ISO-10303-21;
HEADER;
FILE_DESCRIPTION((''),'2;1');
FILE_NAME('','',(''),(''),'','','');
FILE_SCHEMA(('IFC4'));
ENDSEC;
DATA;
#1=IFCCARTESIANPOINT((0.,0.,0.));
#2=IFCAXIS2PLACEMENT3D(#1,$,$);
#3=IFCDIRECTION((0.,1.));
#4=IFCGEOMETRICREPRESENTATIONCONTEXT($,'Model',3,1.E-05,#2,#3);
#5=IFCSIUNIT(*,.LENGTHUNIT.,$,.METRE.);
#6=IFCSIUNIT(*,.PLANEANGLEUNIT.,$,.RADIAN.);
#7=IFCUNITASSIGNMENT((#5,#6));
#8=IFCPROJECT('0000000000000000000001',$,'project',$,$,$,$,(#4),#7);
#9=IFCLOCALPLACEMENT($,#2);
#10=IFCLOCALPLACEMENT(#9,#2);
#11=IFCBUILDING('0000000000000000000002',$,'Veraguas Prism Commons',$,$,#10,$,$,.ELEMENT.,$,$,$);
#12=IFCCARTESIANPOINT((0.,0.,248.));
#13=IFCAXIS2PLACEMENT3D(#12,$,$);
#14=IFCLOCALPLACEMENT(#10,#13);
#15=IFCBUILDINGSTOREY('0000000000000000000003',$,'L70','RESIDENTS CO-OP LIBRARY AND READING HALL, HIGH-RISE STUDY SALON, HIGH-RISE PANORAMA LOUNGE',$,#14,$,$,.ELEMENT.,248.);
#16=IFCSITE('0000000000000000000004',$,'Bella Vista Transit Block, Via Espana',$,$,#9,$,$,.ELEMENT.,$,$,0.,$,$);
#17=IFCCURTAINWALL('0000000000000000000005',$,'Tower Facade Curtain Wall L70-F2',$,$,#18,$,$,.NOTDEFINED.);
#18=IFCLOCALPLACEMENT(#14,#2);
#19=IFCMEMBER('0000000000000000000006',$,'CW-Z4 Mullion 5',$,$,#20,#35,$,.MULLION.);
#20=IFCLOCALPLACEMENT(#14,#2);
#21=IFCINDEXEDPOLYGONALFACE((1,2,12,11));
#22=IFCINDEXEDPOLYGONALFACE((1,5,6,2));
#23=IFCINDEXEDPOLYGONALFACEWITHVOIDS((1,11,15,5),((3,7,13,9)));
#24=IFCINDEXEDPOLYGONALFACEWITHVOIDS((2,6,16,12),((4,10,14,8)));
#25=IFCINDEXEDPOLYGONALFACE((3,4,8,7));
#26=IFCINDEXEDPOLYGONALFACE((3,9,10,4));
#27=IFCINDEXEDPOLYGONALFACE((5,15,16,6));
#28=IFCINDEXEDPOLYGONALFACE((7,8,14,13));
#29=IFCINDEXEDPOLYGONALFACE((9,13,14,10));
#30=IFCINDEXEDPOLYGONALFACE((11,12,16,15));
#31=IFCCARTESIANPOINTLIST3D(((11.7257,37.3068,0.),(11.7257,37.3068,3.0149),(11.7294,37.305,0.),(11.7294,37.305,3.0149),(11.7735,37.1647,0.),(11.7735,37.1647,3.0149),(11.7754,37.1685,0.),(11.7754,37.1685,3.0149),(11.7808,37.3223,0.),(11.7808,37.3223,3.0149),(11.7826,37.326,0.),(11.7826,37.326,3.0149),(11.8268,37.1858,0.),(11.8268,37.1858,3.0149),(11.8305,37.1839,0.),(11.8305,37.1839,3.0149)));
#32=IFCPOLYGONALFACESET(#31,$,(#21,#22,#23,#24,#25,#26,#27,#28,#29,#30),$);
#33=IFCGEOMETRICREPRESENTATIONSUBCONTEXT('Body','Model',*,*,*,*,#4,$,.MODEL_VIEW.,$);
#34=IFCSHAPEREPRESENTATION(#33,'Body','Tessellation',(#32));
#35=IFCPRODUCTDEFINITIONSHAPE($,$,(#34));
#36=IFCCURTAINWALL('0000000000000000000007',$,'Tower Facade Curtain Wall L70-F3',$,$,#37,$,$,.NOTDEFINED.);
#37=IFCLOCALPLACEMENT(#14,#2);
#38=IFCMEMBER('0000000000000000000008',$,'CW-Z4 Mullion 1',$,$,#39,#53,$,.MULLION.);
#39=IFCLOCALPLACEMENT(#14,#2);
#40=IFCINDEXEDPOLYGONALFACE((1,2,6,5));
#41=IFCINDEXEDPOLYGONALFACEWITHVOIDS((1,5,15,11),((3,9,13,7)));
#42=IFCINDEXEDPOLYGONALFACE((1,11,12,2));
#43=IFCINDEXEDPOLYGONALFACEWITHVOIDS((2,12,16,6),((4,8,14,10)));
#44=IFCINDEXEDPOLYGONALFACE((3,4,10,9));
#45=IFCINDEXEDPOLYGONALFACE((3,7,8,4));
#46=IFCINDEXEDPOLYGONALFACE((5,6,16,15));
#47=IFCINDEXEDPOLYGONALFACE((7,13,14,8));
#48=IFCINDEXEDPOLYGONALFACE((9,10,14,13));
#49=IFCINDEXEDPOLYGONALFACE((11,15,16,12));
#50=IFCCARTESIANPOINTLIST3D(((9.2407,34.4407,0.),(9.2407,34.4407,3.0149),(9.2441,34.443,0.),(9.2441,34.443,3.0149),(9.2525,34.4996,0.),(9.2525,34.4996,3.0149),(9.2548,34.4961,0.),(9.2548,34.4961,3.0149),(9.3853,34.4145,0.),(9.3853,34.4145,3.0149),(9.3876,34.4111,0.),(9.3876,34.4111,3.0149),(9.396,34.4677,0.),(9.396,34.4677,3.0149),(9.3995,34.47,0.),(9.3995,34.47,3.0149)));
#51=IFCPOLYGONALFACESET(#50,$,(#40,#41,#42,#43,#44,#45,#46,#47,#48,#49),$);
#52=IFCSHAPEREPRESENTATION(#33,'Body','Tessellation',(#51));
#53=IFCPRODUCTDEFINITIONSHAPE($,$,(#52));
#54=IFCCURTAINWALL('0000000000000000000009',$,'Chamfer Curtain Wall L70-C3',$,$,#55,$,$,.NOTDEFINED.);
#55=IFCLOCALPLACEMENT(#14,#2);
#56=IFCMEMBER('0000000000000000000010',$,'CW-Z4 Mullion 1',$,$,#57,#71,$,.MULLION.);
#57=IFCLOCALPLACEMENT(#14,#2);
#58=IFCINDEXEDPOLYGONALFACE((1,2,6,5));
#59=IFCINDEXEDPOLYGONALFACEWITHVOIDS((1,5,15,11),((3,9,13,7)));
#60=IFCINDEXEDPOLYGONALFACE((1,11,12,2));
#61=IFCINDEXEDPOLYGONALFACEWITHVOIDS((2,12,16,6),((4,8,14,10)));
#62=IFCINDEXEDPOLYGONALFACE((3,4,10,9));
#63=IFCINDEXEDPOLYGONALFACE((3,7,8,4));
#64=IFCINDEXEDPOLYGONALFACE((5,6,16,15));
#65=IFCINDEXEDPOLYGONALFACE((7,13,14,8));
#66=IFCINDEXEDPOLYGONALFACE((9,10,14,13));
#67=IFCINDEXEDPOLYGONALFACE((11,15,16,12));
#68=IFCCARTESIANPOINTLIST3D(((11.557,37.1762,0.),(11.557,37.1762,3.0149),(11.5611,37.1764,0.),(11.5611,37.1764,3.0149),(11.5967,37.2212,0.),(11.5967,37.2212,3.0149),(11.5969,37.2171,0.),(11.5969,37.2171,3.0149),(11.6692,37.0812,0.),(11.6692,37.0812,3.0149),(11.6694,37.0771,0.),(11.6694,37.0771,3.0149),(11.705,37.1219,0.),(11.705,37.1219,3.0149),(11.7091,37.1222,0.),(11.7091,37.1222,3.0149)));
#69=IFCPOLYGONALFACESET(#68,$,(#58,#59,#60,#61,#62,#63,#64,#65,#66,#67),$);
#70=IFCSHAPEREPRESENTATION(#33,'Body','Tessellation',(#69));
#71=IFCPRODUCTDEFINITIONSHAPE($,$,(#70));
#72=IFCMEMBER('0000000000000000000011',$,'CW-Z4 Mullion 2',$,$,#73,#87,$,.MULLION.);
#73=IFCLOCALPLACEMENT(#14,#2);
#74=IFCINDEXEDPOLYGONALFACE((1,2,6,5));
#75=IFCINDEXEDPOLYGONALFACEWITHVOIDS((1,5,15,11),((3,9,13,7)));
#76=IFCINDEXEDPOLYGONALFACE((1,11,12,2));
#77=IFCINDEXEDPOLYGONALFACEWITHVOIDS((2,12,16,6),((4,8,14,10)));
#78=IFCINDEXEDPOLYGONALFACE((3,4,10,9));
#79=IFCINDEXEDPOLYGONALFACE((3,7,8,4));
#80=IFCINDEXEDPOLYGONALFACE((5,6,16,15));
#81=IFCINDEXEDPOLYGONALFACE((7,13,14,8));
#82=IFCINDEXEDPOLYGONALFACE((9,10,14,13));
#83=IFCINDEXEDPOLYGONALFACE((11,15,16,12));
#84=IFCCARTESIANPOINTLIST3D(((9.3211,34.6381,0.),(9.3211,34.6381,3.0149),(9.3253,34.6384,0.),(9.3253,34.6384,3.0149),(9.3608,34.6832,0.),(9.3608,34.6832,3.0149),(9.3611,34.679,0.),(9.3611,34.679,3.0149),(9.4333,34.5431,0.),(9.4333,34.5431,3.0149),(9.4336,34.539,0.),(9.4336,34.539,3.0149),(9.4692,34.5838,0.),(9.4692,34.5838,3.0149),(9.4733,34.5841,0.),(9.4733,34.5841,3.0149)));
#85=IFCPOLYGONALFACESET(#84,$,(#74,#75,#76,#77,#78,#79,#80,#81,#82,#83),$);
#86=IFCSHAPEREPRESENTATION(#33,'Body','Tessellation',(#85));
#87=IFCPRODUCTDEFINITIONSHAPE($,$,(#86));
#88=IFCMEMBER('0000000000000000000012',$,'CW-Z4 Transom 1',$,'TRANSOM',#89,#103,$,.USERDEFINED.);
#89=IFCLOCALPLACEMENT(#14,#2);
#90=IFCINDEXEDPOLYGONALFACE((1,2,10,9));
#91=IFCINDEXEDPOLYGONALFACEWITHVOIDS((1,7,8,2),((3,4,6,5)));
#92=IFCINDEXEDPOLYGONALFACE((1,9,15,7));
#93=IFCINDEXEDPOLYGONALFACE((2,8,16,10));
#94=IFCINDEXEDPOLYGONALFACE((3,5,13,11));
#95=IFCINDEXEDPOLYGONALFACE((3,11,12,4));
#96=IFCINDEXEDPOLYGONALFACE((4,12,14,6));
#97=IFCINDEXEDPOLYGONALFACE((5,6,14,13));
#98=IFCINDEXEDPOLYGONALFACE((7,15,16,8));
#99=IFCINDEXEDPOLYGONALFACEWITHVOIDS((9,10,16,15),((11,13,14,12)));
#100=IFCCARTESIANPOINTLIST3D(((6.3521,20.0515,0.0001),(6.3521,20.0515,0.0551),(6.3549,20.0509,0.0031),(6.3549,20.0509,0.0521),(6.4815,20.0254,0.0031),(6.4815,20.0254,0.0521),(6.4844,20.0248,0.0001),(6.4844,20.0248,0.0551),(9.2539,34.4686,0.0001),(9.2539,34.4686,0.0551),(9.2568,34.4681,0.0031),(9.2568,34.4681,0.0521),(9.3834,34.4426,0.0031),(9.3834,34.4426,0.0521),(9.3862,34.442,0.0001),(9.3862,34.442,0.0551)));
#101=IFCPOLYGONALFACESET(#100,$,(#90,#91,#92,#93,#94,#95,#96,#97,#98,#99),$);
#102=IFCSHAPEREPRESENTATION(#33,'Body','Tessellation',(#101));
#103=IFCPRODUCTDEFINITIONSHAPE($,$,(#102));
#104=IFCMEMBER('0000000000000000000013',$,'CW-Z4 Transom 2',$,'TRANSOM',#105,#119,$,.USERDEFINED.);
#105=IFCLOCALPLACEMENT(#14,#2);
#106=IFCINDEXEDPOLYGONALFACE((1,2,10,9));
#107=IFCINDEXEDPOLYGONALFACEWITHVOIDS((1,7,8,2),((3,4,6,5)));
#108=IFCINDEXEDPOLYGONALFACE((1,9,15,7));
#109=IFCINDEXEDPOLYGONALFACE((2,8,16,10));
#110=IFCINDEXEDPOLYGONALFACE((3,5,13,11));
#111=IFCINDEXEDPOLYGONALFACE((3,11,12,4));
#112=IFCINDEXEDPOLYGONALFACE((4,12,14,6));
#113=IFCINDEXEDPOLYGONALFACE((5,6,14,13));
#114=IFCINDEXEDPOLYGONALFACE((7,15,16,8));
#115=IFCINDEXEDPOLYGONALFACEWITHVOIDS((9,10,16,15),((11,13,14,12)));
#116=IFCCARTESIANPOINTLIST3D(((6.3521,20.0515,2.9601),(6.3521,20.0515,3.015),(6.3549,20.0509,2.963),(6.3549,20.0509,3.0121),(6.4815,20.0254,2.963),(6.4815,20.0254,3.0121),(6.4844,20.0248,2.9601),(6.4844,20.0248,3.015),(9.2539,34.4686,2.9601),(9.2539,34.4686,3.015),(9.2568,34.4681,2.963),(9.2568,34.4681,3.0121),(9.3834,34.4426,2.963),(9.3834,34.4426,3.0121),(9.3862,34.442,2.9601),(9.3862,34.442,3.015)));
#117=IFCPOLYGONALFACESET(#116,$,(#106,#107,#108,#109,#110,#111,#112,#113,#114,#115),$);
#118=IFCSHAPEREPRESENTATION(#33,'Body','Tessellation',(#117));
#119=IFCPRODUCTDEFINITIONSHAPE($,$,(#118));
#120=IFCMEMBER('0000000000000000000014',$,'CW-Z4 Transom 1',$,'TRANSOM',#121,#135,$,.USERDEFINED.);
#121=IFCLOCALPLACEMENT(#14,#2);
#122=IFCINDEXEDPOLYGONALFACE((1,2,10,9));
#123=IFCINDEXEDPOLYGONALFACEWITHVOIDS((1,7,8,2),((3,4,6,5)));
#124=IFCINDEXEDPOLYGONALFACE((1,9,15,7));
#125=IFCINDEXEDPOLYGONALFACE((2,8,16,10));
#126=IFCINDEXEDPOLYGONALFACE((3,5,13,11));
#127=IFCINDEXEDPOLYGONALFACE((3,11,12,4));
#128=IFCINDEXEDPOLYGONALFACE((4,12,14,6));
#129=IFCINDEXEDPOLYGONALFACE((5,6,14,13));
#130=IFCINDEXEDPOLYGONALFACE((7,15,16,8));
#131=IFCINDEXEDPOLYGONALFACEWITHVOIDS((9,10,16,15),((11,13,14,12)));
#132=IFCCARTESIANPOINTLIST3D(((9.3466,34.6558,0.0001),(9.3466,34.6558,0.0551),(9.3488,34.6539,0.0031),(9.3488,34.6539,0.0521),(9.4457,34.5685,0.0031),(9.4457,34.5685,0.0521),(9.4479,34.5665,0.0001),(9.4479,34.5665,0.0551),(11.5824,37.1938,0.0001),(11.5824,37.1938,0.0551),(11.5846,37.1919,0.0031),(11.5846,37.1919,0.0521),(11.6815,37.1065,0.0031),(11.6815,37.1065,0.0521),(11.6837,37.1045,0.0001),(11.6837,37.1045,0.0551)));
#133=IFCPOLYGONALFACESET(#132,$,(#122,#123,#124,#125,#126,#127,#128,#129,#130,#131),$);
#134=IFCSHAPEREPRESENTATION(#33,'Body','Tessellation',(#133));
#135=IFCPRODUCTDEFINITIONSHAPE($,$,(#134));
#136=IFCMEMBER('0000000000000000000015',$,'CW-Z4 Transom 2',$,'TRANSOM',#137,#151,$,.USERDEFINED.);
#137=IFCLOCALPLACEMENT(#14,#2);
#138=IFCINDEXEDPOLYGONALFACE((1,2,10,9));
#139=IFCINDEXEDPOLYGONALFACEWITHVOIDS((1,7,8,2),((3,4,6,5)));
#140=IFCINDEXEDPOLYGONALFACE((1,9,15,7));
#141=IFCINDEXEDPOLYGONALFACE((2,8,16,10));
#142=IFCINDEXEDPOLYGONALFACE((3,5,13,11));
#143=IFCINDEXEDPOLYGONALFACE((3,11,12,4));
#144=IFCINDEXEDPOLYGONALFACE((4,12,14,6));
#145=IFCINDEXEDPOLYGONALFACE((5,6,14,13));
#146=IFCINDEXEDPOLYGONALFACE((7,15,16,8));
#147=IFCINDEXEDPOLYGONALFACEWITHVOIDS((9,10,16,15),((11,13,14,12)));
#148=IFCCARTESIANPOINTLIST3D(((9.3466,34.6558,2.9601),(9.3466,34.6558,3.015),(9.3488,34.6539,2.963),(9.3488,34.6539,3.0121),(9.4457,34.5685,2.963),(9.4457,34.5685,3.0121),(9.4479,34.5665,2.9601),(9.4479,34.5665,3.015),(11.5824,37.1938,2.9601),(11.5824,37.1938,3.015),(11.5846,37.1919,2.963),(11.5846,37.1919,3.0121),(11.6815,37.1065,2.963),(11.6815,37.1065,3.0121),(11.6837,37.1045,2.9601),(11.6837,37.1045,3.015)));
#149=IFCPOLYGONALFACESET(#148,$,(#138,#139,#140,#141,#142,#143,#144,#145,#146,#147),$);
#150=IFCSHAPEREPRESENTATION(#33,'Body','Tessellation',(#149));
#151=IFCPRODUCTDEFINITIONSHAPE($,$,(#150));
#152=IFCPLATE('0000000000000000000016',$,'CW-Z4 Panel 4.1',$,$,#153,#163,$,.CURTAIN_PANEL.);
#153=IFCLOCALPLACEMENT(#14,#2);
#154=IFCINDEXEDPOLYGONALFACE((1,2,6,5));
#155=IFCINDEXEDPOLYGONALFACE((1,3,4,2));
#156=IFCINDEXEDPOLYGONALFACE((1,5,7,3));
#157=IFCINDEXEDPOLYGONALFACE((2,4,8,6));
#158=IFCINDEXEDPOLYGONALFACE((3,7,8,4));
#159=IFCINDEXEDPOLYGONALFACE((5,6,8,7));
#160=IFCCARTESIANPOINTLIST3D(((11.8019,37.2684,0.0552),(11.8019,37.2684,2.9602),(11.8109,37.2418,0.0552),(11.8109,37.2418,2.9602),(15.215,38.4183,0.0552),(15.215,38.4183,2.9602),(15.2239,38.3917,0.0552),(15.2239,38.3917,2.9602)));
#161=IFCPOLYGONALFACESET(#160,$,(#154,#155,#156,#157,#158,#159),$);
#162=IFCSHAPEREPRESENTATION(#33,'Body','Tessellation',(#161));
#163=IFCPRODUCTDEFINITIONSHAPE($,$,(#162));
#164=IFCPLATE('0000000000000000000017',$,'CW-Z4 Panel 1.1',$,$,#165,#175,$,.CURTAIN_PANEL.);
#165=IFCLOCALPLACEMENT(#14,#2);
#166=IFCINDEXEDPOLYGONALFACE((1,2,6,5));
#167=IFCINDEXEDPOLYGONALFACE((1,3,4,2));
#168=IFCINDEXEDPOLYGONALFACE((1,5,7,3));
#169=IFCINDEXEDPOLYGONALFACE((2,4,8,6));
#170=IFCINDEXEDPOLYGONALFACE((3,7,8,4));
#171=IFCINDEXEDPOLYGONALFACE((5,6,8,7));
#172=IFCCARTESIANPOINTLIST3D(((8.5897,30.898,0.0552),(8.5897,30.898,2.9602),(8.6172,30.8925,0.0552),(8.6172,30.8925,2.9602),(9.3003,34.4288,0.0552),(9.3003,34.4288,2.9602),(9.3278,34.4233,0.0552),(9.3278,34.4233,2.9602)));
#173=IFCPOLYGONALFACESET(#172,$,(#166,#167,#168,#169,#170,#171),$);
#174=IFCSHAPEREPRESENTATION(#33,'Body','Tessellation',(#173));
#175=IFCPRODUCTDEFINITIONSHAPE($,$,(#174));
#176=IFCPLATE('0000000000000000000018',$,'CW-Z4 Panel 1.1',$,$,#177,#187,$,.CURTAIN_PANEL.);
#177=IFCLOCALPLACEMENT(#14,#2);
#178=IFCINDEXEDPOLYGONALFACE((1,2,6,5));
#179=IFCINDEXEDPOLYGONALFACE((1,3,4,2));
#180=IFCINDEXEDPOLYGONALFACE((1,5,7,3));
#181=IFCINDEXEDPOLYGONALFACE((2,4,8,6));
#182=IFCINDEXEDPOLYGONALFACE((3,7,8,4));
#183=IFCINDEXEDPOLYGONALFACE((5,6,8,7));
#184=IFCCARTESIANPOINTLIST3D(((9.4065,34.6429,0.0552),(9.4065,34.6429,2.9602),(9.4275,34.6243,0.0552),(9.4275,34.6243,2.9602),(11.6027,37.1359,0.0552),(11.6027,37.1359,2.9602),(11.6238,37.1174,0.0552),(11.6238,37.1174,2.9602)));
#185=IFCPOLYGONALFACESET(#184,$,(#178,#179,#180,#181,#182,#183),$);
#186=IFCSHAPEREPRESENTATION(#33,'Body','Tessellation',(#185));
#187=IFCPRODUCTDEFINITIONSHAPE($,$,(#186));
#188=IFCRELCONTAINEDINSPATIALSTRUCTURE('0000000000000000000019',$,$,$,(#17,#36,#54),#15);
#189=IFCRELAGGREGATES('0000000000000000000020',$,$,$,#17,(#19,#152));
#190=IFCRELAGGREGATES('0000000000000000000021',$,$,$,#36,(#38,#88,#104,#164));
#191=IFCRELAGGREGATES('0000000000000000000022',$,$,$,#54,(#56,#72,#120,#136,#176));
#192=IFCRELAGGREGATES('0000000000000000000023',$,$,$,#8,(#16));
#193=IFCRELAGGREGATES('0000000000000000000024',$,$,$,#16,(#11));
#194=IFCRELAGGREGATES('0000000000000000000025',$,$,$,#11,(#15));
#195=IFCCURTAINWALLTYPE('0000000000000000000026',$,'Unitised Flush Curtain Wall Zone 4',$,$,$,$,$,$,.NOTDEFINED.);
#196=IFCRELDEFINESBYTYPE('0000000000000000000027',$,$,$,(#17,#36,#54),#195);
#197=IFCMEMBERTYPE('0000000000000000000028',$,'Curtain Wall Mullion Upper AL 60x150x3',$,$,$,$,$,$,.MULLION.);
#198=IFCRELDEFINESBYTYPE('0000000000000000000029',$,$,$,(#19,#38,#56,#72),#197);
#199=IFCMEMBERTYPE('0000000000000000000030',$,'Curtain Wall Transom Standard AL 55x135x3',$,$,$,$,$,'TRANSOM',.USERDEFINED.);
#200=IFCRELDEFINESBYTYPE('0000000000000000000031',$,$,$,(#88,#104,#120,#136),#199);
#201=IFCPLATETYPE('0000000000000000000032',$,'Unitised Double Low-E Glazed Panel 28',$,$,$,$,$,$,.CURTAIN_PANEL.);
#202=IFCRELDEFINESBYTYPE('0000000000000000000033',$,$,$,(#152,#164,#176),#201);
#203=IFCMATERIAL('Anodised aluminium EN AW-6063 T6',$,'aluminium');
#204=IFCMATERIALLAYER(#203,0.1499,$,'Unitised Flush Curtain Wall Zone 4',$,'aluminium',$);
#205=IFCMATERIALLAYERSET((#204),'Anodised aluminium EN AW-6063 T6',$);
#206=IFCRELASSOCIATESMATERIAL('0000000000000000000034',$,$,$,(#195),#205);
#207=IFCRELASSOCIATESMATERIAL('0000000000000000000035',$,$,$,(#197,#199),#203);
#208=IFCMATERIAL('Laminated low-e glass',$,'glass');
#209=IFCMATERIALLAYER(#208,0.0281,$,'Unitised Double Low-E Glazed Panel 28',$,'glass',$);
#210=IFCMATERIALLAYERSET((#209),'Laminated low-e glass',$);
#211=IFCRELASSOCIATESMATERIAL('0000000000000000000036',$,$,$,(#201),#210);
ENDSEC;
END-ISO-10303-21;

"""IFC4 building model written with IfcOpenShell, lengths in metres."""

from ifc_helpers import new_model, si_unit, direction, frame, origin, origin_2d, place, context, subcontext, project, spatial, rectangle, hollow_rectangle, extrude, source, transform, mapped, material, layer, layer_set, material_profile, profile_set, type_object, element, aggregate, save


model = new_model("IFC4")

# Units and contexts
model_context = context("Model", 3, precision=1e-05, world=origin(), true_north=direction((0.0, 1.0)))
body_context = subcontext(model_context, "Body", "Model", "MODEL_VIEW")
ifc_project = project(units=[si_unit("LENGTHUNIT", "METRE"), si_unit("PLANEANGLEUNIT", "RADIAN")], contexts=[model_context])

# Site, building, storey
site_placement = place(None, origin())
site = spatial("IfcSite", under=ifc_project, at=site_placement, Name="Bella Vista Transit Block, Via Espana", CompositionType="ELEMENT", RefElevation=0.0)
building_placement = place(site_placement, origin())
building = spatial("IfcBuilding", under=site, at=building_placement, Name="Veraguas Prism Commons", CompositionType="ELEMENT")
storey_placement = place(building_placement, frame((0.0, 0.0, 248.0)))
storey = spatial("IfcBuildingStorey", under=building, at=storey_placement, Name="L70", Description="RESIDENTS CO-OP LIBRARY AND READING HALL, HIGH-RISE STUDY SALON, HIGH-RISE PANORAMA LOUNGE", CompositionType="ELEMENT", Elevation=248.0)

# Curtain walls, members
ifc_material_1 = material(Name="Anodised aluminium EN AW-6063 T6", Category="aluminium")
ifc_layer_1 = layer(ifc_material_1, 0.1499, Name="Unitised Flush Curtain Wall Zone 4", Category="aluminium")
ifc_layer_set_1 = layer_set([ifc_layer_1], Name="Anodised aluminium EN AW-6063 T6")
curtain_wall_type = type_object("IfcCurtainWallType", Name="Unitised Flush Curtain Wall Zone 4", PredefinedType="NOTDEFINED", material=ifc_layer_set_1)
curtain_wall_1_placement = place(storey_placement, origin())
curtain_wall_1 = element("IfcCurtainWall", 1, at=curtain_wall_1_placement, inside=storey, type_object=curtain_wall_type, Name="Tower Facade Curtain Wall L70-F2", PredefinedType="NOTDEFINED")
ifc_material_profile_1 = material_profile(ifc_material_1, hollow_rectangle(XDim=0.0601, YDim=0.1499, WallThickness=0.0029, at=origin_2d()), Name="AL60X150X3")
ifc_profile_set_1 = profile_set([ifc_material_profile_1], Name="Anodised aluminium EN AW-6063 T6")
member_type_1 = type_object("IfcMemberType", Name="Curtain Wall Mullion Upper AL 60x150x3", PredefinedType="MULLION", material=ifc_profile_set_1)
shared_shape_1 = source(origin(), body_context, "Body", "SweptSolid", [
    extrude(hollow_rectangle(XDim=0.0601, YDim=0.1499, WallThickness=0.0029, at=origin_2d()), origin(), (0.0, 0.0, 1.0), 3.0149),
])
member_1_placement = place(storey_placement, frame((11.7781, 37.2454, 0.0), z_axis=(0.0, 0.0, 1.0), x_axis=(-0.947659, -0.319284, 0.0)))
member_1 = element("IfcMember", 2, at=member_1_placement, type_object=member_type_1, Name="CW-Z4 Mullion 5", PredefinedType="MULLION", context=body_context, shape_type="MappedRepresentation", body=[
    mapped(shared_shape_1, transform((0.0, 0.0, 0.0), scale=1.0)),
])
curtain_wall_2_placement = place(storey_placement, origin())
curtain_wall_2 = element("IfcCurtainWall", 3, at=curtain_wall_2_placement, inside=storey, type_object=curtain_wall_type, Name="Tower Facade Curtain Wall L70-F3", PredefinedType="NOTDEFINED")
member_2_placement = place(storey_placement, frame((9.3201, 34.4553, 0.0), z_axis=(0.0, 0.0, 1.0), x_axis=(-0.197319, -0.980339, 0.0)))
member_2 = element("IfcMember", 4, at=member_2_placement, type_object=member_type_1, Name="CW-Z4 Mullion 1", PredefinedType="MULLION", context=body_context, shape_type="MappedRepresentation", body=[
    mapped(shared_shape_1, transform((0.0, 0.0, 0.0), scale=1.0)),
])

# Curtain wall, members
curtain_wall_3_placement = place(storey_placement, origin())
curtain_wall_3 = element("IfcCurtainWall", 5, at=curtain_wall_3_placement, inside=storey, type_object=curtain_wall_type, Name="Chamfer Curtain Wall L70-C3", PredefinedType="NOTDEFINED")
member_3_placement = place(storey_placement, frame((11.6331, 37.1492, 0.0), z_axis=(0.0, 0.0, 1.0), x_axis=(-0.661033, -0.750357, 0.0)))
member_3 = element("IfcMember", 6, at=member_3_placement, type_object=member_type_1, Name="CW-Z4 Mullion 1", PredefinedType="MULLION", context=body_context, shape_type="MappedRepresentation", body=[
    mapped(shared_shape_1, transform((0.0, 0.0, 0.0), scale=1.0)),
])
member_4_placement = place(storey_placement, frame((9.3972, 34.6111, 0.0), z_axis=(0.0, 0.0, 1.0), x_axis=(-0.661033, -0.750357, 0.0)))
member_4 = element("IfcMember", 7, at=member_4_placement, type_object=member_type_1, Name="CW-Z4 Mullion 2", PredefinedType="MULLION", context=body_context, shape_type="MappedRepresentation", body=[
    mapped(shared_shape_1, transform((0.0, 0.0, 0.0), scale=1.0)),
])

# Members
ifc_material_profile_2 = material_profile(ifc_material_1, hollow_rectangle(XDim=0.0549, YDim=0.135, WallThickness=0.0029, at=origin_2d()), Name="AL55X135X3")
ifc_profile_set_2 = profile_set([ifc_material_profile_2], Name="Anodised aluminium EN AW-6063 T6")
member_type_2 = type_object("IfcMemberType", Name="Curtain Wall Transom Standard AL 55x135x3", ElementType="TRANSOM", PredefinedType="USERDEFINED", material=ifc_profile_set_2)
shared_shape_2 = source(origin(), body_context, "Body", "SweptSolid", [
    extrude(hollow_rectangle(XDim=0.0549, YDim=0.135, WallThickness=0.0029, at=origin_2d()), origin(), (0.0, 0.0, 1.0), 14.7063),
])
member_5_placement = place(storey_placement, frame((9.3201, 34.4553, 0.0276), z_axis=(-0.19732, -0.980339, 0.0), x_axis=(0.0, 0.0, 1.0)))
member_5 = element("IfcMember", 8, at=member_5_placement, type_object=member_type_2, Name="CW-Z4 Transom 1", ObjectType="TRANSOM", PredefinedType="USERDEFINED", context=body_context, shape_type="MappedRepresentation", body=[
    mapped(shared_shape_2, transform((0.0, 0.0, 0.0), scale=1.0)),
])
member_6_placement = place(storey_placement, frame((9.3201, 34.4553, 2.9875), z_axis=(-0.19732, -0.980339, 0.0), x_axis=(0.0, 0.0, 1.0)))
member_6 = element("IfcMember", 9, at=member_6_placement, type_object=member_type_2, Name="CW-Z4 Transom 2", ObjectType="TRANSOM", PredefinedType="USERDEFINED", context=body_context, shape_type="MappedRepresentation", body=[
    mapped(shared_shape_2, transform((0.0, 0.0, 0.0), scale=1.0)),
])
shared_shape_3 = source(origin(), body_context, "Body", "SweptSolid", [
    extrude(hollow_rectangle(XDim=0.0549, YDim=0.135, WallThickness=0.0029, at=origin_2d()), origin(), (0.0, 0.0, 1.0), 3.3823),
])
member_7_placement = place(storey_placement, frame((11.6331, 37.1492, 0.0276), z_axis=(-0.661015, -0.750373, 0.0), x_axis=(0.0, 0.0, 1.0)))
member_7 = element("IfcMember", 10, at=member_7_placement, type_object=member_type_2, Name="CW-Z4 Transom 1", ObjectType="TRANSOM", PredefinedType="USERDEFINED", context=body_context, shape_type="MappedRepresentation", body=[
    mapped(shared_shape_3, transform((0.0, 0.0, 0.0), scale=1.0)),
])
member_8_placement = place(storey_placement, frame((11.6331, 37.1492, 2.9875), z_axis=(-0.661015, -0.750373, 0.0), x_axis=(0.0, 0.0, 1.0)))
member_8 = element("IfcMember", 11, at=member_8_placement, type_object=member_type_2, Name="CW-Z4 Transom 2", ObjectType="TRANSOM", PredefinedType="USERDEFINED", context=body_context, shape_type="MappedRepresentation", body=[
    mapped(shared_shape_3, transform((0.0, 0.0, 0.0), scale=1.0)),
])

# Plates
ifc_material_2 = material(Name="Laminated low-e glass", Category="glass")
ifc_layer_2 = layer(ifc_material_2, 0.0281, Name="Unitised Double Low-E Glazed Panel 28", Category="glass")
ifc_layer_set_2 = layer_set([ifc_layer_2], Name="Laminated low-e glass")
plate_type = type_object("IfcPlateType", Name="Unitised Double Low-E Glazed Panel 28", PredefinedType="CURTAIN_PANEL", material=ifc_layer_set_2)
shared_shape_4 = source(origin(), body_context, "Body", "SweptSolid", [
    extrude(rectangle(XDim=3.6016, YDim=0.0281, at=origin_2d()), origin(), (0.0, 0.0, 1.0), 2.905),
])
plate_1_placement = place(storey_placement, frame((13.5129, 37.8301, 0.0552), z_axis=(0.0, 0.0, 1.0), x_axis=(-0.947659, -0.319284, 0.0)))
plate_1 = element("IfcPlate", 12, at=plate_1_placement, type_object=plate_type, Name="CW-Z4 Panel 4.1", PredefinedType="CURTAIN_PANEL", context=body_context, shape_type="MappedRepresentation", body=[
    mapped(shared_shape_4, transform((0.0, 0.0, 0.0), scale=1.0)),
])
aggregate(curtain_wall_1, [member_1, plate_1])
plate_2_placement = place(storey_placement, frame((8.9587, 32.6606, 0.0552), z_axis=(0.0, 0.0, 1.0), x_axis=(-0.197319, -0.980339, 0.0)))
plate_2 = element("IfcPlate", 13, at=plate_2_placement, type_object=plate_type, Name="CW-Z4 Panel 1.1", PredefinedType="CURTAIN_PANEL", context=body_context, shape_type="MappedRepresentation", body=[
    mapped(shared_shape_4, transform((0.0, 0.0, 0.0), scale=1.0)),
])
aggregate(curtain_wall_2, [member_2, member_5, member_6, plate_2])
shared_shape_5 = source(origin(), body_context, "Body", "SweptSolid", [
    extrude(rectangle(XDim=3.3225, YDim=0.0281, at=origin_2d()), origin(), (0.0, 0.0, 1.0), 2.905),
])
plate_3_placement = place(storey_placement, frame((10.5151, 35.8801, 0.0552), z_axis=(0.0, 0.0, 1.0), x_axis=(-0.661033, -0.750357, 0.0)))
plate_3 = element("IfcPlate", 14, at=plate_3_placement, type_object=plate_type, Name="CW-Z4 Panel 1.1", PredefinedType="CURTAIN_PANEL", context=body_context, shape_type="MappedRepresentation", body=[
    mapped(shared_shape_5, transform((0.0, 0.0, 0.0), scale=1.0)),
])
aggregate(curtain_wall_3, [member_3, member_4, member_7, member_8, plate_3])

save(model, "model.ifc")
